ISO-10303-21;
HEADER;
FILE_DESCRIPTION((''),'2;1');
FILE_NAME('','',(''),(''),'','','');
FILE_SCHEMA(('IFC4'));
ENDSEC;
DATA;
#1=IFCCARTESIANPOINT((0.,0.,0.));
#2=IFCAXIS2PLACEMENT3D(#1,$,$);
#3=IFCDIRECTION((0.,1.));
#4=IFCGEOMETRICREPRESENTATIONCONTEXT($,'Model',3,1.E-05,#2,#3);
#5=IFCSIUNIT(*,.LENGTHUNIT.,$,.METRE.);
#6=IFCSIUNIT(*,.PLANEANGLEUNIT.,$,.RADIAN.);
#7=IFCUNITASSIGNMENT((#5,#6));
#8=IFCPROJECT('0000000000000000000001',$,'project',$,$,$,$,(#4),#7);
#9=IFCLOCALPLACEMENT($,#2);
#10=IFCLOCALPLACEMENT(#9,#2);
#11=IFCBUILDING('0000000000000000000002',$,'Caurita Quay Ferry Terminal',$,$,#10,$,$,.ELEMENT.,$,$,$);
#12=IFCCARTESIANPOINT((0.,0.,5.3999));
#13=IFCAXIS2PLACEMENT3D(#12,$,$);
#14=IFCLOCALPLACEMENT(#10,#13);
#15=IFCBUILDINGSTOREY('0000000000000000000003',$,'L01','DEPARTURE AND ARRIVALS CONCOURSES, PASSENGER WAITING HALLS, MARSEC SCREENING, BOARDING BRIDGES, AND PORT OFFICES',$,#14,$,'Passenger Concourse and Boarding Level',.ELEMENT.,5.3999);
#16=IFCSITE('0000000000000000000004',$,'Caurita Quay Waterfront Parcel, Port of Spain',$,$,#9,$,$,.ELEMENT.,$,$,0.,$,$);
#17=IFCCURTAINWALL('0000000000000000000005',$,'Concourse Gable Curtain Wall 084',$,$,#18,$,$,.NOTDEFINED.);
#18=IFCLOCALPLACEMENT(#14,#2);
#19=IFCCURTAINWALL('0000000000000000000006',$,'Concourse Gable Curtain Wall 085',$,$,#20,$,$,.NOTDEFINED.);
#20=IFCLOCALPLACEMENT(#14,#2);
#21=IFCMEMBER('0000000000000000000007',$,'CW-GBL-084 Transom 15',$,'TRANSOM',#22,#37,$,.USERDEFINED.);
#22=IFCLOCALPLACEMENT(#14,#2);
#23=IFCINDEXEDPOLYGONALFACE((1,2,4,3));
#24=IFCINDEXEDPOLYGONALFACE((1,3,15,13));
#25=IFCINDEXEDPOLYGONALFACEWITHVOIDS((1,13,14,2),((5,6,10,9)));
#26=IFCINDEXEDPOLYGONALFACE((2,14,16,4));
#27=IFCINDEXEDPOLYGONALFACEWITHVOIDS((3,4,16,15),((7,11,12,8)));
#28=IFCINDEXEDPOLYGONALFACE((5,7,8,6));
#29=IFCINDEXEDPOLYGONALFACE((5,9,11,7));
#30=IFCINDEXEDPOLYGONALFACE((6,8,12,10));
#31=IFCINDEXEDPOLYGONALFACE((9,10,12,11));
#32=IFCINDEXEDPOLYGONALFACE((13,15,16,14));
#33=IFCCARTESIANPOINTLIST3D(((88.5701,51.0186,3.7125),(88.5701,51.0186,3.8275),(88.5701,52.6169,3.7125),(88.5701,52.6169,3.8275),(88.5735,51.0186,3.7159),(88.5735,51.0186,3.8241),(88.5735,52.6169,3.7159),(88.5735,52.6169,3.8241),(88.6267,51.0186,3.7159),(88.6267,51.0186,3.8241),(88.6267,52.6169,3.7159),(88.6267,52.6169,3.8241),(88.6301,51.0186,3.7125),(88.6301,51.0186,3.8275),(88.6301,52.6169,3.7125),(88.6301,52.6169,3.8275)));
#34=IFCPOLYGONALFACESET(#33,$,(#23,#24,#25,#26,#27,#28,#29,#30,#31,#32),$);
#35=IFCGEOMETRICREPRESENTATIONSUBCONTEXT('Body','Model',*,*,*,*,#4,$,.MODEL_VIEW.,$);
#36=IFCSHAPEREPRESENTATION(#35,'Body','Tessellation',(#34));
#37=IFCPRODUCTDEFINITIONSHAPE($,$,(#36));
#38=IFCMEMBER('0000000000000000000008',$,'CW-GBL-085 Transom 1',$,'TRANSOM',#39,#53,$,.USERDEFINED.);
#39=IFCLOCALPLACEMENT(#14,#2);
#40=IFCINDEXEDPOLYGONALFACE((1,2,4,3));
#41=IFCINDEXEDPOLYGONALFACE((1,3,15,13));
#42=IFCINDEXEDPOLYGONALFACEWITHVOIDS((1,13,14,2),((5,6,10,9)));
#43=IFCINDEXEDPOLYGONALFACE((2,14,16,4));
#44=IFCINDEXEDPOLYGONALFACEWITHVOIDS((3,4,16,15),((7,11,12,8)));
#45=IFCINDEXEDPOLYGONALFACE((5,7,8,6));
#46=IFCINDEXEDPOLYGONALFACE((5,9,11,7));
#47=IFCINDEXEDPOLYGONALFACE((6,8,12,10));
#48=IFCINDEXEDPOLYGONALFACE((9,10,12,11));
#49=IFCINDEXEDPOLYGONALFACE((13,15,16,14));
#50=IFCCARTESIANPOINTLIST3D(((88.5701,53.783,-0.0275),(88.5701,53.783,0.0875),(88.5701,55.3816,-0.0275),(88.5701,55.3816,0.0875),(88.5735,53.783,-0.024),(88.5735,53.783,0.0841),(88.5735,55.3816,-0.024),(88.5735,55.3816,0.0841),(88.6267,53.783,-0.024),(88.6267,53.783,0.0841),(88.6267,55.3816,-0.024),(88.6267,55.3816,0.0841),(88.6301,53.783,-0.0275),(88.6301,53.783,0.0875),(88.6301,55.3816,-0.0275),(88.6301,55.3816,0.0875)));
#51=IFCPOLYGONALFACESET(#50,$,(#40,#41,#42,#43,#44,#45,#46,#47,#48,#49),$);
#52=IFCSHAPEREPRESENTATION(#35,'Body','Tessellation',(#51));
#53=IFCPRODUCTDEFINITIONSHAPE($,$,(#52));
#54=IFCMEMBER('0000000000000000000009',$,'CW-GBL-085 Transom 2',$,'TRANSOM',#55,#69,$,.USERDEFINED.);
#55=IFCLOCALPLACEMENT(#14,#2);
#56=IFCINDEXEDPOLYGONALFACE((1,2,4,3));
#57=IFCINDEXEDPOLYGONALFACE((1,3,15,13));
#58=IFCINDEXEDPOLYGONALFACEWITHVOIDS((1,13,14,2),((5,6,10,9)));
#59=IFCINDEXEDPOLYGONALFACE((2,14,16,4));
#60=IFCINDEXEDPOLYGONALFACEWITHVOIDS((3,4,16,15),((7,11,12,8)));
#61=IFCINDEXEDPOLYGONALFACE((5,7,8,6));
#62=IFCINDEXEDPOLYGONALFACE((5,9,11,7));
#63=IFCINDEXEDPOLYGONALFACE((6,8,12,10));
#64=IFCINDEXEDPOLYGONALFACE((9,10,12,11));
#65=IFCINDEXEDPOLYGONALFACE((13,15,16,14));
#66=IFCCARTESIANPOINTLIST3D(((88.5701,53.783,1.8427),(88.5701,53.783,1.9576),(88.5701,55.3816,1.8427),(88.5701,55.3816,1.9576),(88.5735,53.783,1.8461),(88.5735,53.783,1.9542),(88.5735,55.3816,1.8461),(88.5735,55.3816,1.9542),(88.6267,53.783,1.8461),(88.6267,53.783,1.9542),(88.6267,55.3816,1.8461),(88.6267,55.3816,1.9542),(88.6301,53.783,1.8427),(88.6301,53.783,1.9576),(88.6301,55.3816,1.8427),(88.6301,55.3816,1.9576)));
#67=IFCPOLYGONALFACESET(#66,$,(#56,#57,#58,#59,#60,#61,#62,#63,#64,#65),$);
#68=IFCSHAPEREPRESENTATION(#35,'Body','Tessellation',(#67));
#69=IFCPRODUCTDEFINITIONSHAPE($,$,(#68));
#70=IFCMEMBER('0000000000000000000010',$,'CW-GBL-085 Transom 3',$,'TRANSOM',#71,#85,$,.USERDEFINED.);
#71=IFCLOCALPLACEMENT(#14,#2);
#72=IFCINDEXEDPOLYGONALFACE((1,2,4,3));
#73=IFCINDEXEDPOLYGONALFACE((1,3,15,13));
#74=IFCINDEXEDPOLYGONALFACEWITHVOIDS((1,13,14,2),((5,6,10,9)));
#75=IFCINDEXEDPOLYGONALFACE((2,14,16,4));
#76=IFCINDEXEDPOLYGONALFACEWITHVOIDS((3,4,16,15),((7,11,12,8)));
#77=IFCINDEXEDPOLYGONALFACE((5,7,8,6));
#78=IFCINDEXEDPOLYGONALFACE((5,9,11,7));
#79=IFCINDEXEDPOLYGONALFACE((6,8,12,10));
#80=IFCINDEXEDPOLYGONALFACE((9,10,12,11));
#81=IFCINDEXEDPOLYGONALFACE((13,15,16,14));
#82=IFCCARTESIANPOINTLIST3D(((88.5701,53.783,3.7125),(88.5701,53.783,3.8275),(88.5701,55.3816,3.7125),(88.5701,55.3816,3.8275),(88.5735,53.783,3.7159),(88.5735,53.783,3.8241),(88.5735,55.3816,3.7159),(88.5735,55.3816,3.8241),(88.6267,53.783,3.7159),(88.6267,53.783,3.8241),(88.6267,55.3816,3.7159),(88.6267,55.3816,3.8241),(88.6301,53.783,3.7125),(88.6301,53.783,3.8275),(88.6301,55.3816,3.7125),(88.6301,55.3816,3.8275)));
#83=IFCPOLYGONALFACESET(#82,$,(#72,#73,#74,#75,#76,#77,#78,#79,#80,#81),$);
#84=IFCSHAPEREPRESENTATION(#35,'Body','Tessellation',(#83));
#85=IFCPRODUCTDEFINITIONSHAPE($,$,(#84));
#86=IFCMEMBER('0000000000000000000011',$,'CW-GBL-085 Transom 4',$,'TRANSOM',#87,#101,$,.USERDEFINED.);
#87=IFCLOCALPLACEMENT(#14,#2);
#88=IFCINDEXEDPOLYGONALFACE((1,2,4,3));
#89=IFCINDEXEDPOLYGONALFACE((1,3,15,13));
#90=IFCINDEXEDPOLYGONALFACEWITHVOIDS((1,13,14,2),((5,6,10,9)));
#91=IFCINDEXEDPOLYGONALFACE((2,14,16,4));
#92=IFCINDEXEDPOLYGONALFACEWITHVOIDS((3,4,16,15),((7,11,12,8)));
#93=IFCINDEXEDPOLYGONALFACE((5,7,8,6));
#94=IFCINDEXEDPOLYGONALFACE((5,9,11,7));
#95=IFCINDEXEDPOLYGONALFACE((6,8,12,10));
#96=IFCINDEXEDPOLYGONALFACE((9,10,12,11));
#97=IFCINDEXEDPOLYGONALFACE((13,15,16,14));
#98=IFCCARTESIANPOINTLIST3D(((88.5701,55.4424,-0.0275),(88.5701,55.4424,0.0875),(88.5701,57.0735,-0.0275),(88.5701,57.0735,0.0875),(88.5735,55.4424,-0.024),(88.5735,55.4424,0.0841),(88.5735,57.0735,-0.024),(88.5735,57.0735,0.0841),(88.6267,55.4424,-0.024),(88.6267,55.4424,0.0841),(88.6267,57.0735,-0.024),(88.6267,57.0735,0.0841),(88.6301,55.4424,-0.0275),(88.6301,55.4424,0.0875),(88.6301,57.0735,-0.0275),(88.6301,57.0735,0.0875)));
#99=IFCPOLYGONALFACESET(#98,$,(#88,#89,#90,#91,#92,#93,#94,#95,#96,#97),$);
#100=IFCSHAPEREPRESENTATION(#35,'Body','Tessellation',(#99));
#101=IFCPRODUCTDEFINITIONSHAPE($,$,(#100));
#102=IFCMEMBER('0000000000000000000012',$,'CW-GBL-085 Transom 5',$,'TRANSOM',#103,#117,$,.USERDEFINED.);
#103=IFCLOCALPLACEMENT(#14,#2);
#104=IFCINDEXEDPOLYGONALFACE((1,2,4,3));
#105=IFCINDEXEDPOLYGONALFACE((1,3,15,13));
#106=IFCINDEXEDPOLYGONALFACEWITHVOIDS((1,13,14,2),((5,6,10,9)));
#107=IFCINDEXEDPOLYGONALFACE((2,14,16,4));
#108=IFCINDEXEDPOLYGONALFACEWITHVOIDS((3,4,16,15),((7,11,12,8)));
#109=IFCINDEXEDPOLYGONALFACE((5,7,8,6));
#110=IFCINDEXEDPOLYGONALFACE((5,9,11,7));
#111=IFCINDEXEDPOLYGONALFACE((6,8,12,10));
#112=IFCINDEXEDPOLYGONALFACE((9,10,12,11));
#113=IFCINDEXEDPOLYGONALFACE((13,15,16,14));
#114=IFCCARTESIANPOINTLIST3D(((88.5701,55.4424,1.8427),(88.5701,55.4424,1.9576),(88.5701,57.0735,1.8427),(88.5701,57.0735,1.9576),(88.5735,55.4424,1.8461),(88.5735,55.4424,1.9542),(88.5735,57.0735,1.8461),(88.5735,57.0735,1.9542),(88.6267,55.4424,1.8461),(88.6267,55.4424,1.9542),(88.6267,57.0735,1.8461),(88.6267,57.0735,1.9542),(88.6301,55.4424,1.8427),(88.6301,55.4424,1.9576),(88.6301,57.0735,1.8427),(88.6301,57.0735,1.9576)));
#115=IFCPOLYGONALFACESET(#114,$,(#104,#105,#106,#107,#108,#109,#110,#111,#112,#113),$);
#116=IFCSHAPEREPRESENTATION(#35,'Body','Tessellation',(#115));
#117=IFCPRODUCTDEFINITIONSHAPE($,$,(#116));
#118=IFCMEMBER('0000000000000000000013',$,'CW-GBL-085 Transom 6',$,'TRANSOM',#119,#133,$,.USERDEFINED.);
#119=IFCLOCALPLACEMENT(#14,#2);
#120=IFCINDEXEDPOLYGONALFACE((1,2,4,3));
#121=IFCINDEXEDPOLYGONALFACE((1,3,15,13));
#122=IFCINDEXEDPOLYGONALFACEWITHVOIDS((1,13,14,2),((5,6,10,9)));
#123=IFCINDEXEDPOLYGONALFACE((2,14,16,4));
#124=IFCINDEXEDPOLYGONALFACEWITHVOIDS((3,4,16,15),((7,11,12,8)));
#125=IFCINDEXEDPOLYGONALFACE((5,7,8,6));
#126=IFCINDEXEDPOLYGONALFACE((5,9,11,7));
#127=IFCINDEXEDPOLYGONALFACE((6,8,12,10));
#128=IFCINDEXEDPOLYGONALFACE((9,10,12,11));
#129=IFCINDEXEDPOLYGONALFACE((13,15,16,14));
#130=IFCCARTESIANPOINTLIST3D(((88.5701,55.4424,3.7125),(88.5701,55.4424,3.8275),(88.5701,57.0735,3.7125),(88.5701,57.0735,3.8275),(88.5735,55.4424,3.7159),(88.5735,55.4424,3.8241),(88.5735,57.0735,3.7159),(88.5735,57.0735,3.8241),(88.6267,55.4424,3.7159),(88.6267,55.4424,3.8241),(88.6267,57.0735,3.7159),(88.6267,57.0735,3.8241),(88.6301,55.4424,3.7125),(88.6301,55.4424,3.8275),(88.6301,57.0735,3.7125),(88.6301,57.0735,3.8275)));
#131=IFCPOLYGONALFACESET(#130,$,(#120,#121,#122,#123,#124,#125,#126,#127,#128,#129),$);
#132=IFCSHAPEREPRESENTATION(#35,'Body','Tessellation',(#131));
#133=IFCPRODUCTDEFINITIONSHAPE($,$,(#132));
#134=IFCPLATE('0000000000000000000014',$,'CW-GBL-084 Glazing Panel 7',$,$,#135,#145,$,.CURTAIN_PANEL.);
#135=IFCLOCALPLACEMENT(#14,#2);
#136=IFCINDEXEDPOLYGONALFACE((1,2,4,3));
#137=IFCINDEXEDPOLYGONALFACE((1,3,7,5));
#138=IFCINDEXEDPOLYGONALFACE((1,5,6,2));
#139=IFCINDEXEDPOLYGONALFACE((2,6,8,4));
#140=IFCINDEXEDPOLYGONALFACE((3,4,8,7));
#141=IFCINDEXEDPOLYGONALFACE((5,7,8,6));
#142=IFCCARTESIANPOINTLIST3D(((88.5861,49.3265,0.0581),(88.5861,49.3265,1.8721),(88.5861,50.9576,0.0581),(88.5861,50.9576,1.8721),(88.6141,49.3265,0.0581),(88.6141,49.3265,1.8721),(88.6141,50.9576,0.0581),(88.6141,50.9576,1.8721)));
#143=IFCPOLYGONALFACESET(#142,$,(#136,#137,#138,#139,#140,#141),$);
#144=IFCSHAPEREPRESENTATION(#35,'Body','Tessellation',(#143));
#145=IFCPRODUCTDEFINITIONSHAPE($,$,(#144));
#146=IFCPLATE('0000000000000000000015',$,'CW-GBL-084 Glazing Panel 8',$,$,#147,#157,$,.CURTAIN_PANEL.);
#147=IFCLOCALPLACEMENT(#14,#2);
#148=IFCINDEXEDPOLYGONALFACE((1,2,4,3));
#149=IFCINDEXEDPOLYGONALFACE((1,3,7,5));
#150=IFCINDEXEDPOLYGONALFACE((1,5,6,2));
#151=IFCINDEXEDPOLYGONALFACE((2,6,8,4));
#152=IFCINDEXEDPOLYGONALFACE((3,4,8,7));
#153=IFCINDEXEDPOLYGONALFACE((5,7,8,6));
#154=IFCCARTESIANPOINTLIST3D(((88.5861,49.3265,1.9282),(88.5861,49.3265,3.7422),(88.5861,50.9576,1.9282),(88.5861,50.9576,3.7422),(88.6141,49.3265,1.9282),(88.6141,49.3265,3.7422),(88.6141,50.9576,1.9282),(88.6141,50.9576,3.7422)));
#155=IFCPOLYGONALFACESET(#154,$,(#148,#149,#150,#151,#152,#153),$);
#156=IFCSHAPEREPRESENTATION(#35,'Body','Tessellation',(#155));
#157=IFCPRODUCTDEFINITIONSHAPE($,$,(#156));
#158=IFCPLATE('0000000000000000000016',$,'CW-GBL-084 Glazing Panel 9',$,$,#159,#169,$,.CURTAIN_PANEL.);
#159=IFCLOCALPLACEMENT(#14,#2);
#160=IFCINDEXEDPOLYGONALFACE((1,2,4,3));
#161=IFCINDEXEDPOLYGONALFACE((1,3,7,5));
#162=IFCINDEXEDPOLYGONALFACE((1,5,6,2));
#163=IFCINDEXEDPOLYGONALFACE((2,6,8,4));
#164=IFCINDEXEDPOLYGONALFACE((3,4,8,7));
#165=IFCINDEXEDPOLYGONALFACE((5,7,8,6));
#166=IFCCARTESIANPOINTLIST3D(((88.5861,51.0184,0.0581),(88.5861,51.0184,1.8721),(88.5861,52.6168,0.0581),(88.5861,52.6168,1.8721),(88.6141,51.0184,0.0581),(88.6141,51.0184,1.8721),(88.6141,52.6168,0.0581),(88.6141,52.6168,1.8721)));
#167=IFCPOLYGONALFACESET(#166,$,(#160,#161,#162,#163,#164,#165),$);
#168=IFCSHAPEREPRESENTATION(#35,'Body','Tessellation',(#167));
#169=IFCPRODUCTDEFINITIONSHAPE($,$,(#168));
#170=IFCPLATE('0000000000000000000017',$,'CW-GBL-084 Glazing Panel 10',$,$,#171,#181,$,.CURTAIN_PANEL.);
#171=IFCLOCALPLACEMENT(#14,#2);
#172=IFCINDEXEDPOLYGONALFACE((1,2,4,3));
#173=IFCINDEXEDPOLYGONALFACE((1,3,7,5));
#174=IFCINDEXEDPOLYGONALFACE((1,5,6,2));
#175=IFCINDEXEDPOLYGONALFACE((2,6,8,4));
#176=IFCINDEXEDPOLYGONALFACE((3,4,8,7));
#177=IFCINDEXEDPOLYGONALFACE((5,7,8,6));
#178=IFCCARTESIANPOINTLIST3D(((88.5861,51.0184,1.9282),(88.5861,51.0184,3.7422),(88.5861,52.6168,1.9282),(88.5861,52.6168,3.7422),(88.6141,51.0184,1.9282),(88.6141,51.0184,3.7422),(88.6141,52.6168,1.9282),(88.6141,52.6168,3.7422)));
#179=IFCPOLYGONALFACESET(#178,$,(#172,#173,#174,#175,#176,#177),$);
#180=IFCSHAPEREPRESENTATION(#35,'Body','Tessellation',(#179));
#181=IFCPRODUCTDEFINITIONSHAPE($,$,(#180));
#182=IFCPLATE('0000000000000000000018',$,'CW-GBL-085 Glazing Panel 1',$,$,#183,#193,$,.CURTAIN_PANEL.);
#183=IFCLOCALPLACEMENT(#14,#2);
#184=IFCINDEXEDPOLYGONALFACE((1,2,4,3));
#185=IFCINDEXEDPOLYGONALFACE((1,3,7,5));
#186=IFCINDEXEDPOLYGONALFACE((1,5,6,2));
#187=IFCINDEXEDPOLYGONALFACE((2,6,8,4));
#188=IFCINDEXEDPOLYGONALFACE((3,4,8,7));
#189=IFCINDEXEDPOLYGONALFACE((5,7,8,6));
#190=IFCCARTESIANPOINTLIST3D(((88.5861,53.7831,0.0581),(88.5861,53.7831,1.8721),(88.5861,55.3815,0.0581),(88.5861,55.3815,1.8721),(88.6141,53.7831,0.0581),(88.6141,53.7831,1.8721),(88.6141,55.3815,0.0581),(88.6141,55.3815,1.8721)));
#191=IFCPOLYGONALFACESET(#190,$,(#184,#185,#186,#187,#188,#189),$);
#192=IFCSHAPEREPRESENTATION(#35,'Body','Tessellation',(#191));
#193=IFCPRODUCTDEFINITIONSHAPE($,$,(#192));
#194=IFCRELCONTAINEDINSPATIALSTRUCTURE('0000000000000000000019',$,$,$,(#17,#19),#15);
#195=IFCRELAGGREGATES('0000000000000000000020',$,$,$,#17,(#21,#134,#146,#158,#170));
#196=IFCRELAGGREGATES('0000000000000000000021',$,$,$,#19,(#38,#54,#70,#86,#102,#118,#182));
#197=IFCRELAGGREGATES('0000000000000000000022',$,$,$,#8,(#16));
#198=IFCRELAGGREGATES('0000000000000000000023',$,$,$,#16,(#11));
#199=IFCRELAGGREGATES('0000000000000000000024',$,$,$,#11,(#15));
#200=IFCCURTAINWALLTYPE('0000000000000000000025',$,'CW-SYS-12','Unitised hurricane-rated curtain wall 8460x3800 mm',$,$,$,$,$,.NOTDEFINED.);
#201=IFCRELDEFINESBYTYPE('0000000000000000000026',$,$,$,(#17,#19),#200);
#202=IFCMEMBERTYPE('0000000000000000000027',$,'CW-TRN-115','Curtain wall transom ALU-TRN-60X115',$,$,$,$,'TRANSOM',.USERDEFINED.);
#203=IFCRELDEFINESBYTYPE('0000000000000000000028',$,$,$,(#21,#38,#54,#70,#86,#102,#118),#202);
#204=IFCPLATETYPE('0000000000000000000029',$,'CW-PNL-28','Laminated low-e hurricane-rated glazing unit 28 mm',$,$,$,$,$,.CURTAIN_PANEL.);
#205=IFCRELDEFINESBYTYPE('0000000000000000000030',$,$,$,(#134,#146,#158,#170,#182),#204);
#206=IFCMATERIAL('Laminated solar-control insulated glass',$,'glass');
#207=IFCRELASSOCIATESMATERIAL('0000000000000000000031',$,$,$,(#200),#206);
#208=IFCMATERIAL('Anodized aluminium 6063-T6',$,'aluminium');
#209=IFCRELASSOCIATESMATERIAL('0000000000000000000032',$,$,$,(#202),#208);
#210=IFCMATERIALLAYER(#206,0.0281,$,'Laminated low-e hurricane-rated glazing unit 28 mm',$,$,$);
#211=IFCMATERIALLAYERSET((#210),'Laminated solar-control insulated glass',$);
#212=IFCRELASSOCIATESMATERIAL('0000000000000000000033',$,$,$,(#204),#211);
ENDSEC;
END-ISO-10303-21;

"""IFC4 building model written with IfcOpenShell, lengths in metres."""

from ifc_helpers import new_model, si_unit, direction, frame, origin, origin_2d, place, context, subcontext, project, spatial, rectangle, hollow_rectangle, extrude, material, layer, layer_set, material_profile, profile_set, type_object, element, aggregate, save


model = new_model("IFC4")

# Units and contexts
model_context = context("Model", 3, precision=1e-05, world=origin(), true_north=direction((0.0, 1.0)))
body_context = subcontext(model_context, "Body", "Model", "MODEL_VIEW")
ifc_project = project(units=[si_unit("LENGTHUNIT", "METRE"), si_unit("PLANEANGLEUNIT", "RADIAN")], contexts=[model_context])

# Site, building, storey
site_placement = place(None, origin())
site = spatial("IfcSite", under=ifc_project, at=site_placement, Name="Caurita Quay Waterfront Parcel, Port of Spain", CompositionType="ELEMENT", RefElevation=0.0)
building_placement = place(site_placement, origin())
building = spatial("IfcBuilding", under=site, at=building_placement, Name="Caurita Quay Ferry Terminal", CompositionType="ELEMENT")
storey_placement = place(building_placement, frame((0.0, 0.0, 5.3999)))
storey = spatial("IfcBuildingStorey", under=building, at=storey_placement, Name="L01", Description="DEPARTURE AND ARRIVALS CONCOURSES, PASSENGER WAITING HALLS, MARSEC SCREENING, BOARDING BRIDGES, AND PORT OFFICES", LongName="Passenger Concourse and Boarding Level", CompositionType="ELEMENT", Elevation=5.3999)

# Curtain walls
ifc_material_1 = material(Name="Laminated solar-control insulated glass", Category="glass")
curtain_wall_type = type_object("IfcCurtainWallType", Name="CW-SYS-12", Description="Unitised hurricane-rated curtain wall 8460x3800 mm", PredefinedType="NOTDEFINED", material=ifc_material_1)
curtain_wall_1_placement = place(storey_placement, origin())
curtain_wall_1 = element("IfcCurtainWall", 1, at=curtain_wall_1_placement, inside=storey, type_object=curtain_wall_type, Name="Concourse Gable Curtain Wall 084", PredefinedType="NOTDEFINED")
ifc_material_2 = material(Name="Anodized aluminium 6063-T6", Category="aluminium")
curtain_wall_2_placement = place(storey_placement, origin())
curtain_wall_2 = element("IfcCurtainWall", 2, at=curtain_wall_2_placement, inside=storey, type_object=curtain_wall_type, Name="Concourse Gable Curtain Wall 085", PredefinedType="NOTDEFINED")

# Members
ifc_material_profile_1 = material_profile(ifc_material_2, hollow_rectangle(XDim=0.0601, YDim=0.115, WallThickness=0.0034, at=origin_2d()), Name="ALU-TRN-60X115")
ifc_profile_set_1 = profile_set([ifc_material_profile_1], Name="Anodized aluminium 6063-T6")
member_type_1 = type_object("IfcMemberType", Name="CW-TRN-115", Description="Curtain wall transom ALU-TRN-60X115", ElementType="TRANSOM", PredefinedType="USERDEFINED", material=ifc_profile_set_1)
member_1_placement = place(storey_placement, frame((88.6001, 51.0186, 3.77), z_axis=(0.0, 1.0, 0.0), x_axis=(-1.0, 0.0, 0.0)))
member_1 = element("IfcMember", 3, at=member_1_placement, type_object=member_type_1, Name="CW-GBL-084 Transom 15", ObjectType="TRANSOM", PredefinedType="USERDEFINED", context=body_context, shape_type="SweptSolid", body=[
    extrude(hollow_rectangle(XDim=0.0601, YDim=0.115, WallThickness=0.0034, at=origin_2d()), origin(), (0.0, 0.0, 1.0), 1.5984),
])
member_2_placement = place(storey_placement, frame((88.6001, 53.783, 0.03), z_axis=(0.0, 1.0, 0.0), x_axis=(-1.0, 0.0, 0.0)))
member_2 = element("IfcMember", 4, at=member_2_placement, type_object=member_type_1, Name="CW-GBL-085 Transom 1", ObjectType="TRANSOM", PredefinedType="USERDEFINED", context=body_context, shape_type="SweptSolid", body=[
    extrude(hollow_rectangle(XDim=0.0601, YDim=0.115, WallThickness=0.0034, at=origin_2d()), origin(), (0.0, 0.0, 1.0), 1.5986),
])
member_3_placement = place(storey_placement, frame((88.6001, 53.783, 1.9001), z_axis=(0.0, 1.0, 0.0), x_axis=(-1.0, 0.0, 0.0)))
member_3 = element("IfcMember", 5, at=member_3_placement, type_object=member_type_1, Name="CW-GBL-085 Transom 2", ObjectType="TRANSOM", PredefinedType="USERDEFINED", context=body_context, shape_type="SweptSolid", body=[
    extrude(hollow_rectangle(XDim=0.0601, YDim=0.115, WallThickness=0.0034, at=origin_2d()), origin(), (0.0, 0.0, 1.0), 1.5986),
])
member_4_placement = place(storey_placement, frame((88.6001, 53.783, 3.77), z_axis=(0.0, 1.0, 0.0), x_axis=(-1.0, 0.0, 0.0)))
member_4 = element("IfcMember", 6, at=member_4_placement, type_object=member_type_1, Name="CW-GBL-085 Transom 3", ObjectType="TRANSOM", PredefinedType="USERDEFINED", context=body_context, shape_type="SweptSolid", body=[
    extrude(hollow_rectangle(XDim=0.0601, YDim=0.115, WallThickness=0.0034, at=origin_2d()), origin(), (0.0, 0.0, 1.0), 1.5986),
])
member_5_placement = place(storey_placement, frame((88.6001, 55.4424, 0.03), z_axis=(0.0, 1.0, 0.0), x_axis=(-1.0, 0.0, 0.0)))
member_5 = element("IfcMember", 7, at=member_5_placement, type_object=member_type_1, Name="CW-GBL-085 Transom 4", ObjectType="TRANSOM", PredefinedType="USERDEFINED", context=body_context, shape_type="SweptSolid", body=[
    extrude(hollow_rectangle(XDim=0.0601, YDim=0.115, WallThickness=0.0034, at=origin_2d()), origin(), (0.0, 0.0, 1.0), 1.6311),
])
member_6_placement = place(storey_placement, frame((88.6001, 55.4424, 1.9001), z_axis=(0.0, 1.0, 0.0), x_axis=(-1.0, 0.0, 0.0)))
member_6 = element("IfcMember", 8, at=member_6_placement, type_object=member_type_1, Name="CW-GBL-085 Transom 5", ObjectType="TRANSOM", PredefinedType="USERDEFINED", context=body_context, shape_type="SweptSolid", body=[
    extrude(hollow_rectangle(XDim=0.0601, YDim=0.115, WallThickness=0.0034, at=origin_2d()), origin(), (0.0, 0.0, 1.0), 1.6311),
])
member_7_placement = place(storey_placement, frame((88.6001, 55.4424, 3.77), z_axis=(0.0, 1.0, 0.0), x_axis=(-1.0, 0.0, 0.0)))
member_7 = element("IfcMember", 9, at=member_7_placement, type_object=member_type_1, Name="CW-GBL-085 Transom 6", ObjectType="TRANSOM", PredefinedType="USERDEFINED", context=body_context, shape_type="SweptSolid", body=[
    extrude(hollow_rectangle(XDim=0.0601, YDim=0.115, WallThickness=0.0034, at=origin_2d()), origin(), (0.0, 0.0, 1.0), 1.6311),
])

# Plates
ifc_layer_1 = layer(ifc_material_1, 0.0281, Name="Laminated low-e hurricane-rated glazing unit 28 mm")
ifc_layer_set_1 = layer_set([ifc_layer_1], Name="Laminated solar-control insulated glass")
plate_type = type_object("IfcPlateType", Name="CW-PNL-28", Description="Laminated low-e hurricane-rated glazing unit 28 mm", PredefinedType="CURTAIN_PANEL", material=ifc_layer_set_1)
plate_1_placement = place(storey_placement, frame((88.6001, 50.1421, 0.0581), z_axis=(0.0, 0.0, 1.0), x_axis=(0.0, 1.0, 0.0)))
plate_1 = element("IfcPlate", 10, at=plate_1_placement, type_object=plate_type, Name="CW-GBL-084 Glazing Panel 7", PredefinedType="CURTAIN_PANEL", context=body_context, shape_type="SweptSolid", body=[
    extrude(rectangle(XDim=1.6311, YDim=0.0281, at=origin_2d()), origin(), (0.0, 0.0, 1.0), 1.814),
])
plate_2_placement = place(storey_placement, frame((88.6001, 50.1421, 1.9282), z_axis=(0.0, 0.0, 1.0), x_axis=(0.0, 1.0, 0.0)))
plate_2 = element("IfcPlate", 11, at=plate_2_placement, type_object=plate_type, Name="CW-GBL-084 Glazing Panel 8", PredefinedType="CURTAIN_PANEL", context=body_context, shape_type="SweptSolid", body=[
    extrude(rectangle(XDim=1.6311, YDim=0.0281, at=origin_2d()), origin(), (0.0, 0.0, 1.0), 1.814),
])
plate_3_placement = place(storey_placement, frame((88.6001, 51.8176, 0.0581), z_axis=(0.0, 0.0, 1.0), x_axis=(0.0, 1.0, 0.0)))
plate_3 = element("IfcPlate", 12, at=plate_3_placement, type_object=plate_type, Name="CW-GBL-084 Glazing Panel 9", PredefinedType="CURTAIN_PANEL", context=body_context, shape_type="SweptSolid", body=[
    extrude(rectangle(XDim=1.5984, YDim=0.0281, at=origin_2d()), origin(), (0.0, 0.0, 1.0), 1.814),
])
plate_4_placement = place(storey_placement, frame((88.6001, 51.8176, 1.9282), z_axis=(0.0, 0.0, 1.0), x_axis=(0.0, 1.0, 0.0)))
plate_4 = element("IfcPlate", 13, at=plate_4_placement, type_object=plate_type, Name="CW-GBL-084 Glazing Panel 10", PredefinedType="CURTAIN_PANEL", context=body_context, shape_type="SweptSolid", body=[
    extrude(rectangle(XDim=1.5984, YDim=0.0281, at=origin_2d()), origin(), (0.0, 0.0, 1.0), 1.814),
])
aggregate(curtain_wall_1, [member_1, plate_1, plate_2, plate_3, plate_4])
plate_5_placement = place(storey_placement, frame((88.6001, 54.5823, 0.0581), z_axis=(0.0, 0.0, 1.0), x_axis=(0.0, 1.0, 0.0)))
plate_5 = element("IfcPlate", 14, at=plate_5_placement, type_object=plate_type, Name="CW-GBL-085 Glazing Panel 1", PredefinedType="CURTAIN_PANEL", context=body_context, shape_type="SweptSolid", body=[
    extrude(rectangle(XDim=1.5984, YDim=0.0281, at=origin_2d()), origin(), (0.0, 0.0, 1.0), 1.814),
])
aggregate(curtain_wall_2, [member_2, member_3, member_4, member_5, member_6, member_7, plate_5])

save(model, "model.ifc")
